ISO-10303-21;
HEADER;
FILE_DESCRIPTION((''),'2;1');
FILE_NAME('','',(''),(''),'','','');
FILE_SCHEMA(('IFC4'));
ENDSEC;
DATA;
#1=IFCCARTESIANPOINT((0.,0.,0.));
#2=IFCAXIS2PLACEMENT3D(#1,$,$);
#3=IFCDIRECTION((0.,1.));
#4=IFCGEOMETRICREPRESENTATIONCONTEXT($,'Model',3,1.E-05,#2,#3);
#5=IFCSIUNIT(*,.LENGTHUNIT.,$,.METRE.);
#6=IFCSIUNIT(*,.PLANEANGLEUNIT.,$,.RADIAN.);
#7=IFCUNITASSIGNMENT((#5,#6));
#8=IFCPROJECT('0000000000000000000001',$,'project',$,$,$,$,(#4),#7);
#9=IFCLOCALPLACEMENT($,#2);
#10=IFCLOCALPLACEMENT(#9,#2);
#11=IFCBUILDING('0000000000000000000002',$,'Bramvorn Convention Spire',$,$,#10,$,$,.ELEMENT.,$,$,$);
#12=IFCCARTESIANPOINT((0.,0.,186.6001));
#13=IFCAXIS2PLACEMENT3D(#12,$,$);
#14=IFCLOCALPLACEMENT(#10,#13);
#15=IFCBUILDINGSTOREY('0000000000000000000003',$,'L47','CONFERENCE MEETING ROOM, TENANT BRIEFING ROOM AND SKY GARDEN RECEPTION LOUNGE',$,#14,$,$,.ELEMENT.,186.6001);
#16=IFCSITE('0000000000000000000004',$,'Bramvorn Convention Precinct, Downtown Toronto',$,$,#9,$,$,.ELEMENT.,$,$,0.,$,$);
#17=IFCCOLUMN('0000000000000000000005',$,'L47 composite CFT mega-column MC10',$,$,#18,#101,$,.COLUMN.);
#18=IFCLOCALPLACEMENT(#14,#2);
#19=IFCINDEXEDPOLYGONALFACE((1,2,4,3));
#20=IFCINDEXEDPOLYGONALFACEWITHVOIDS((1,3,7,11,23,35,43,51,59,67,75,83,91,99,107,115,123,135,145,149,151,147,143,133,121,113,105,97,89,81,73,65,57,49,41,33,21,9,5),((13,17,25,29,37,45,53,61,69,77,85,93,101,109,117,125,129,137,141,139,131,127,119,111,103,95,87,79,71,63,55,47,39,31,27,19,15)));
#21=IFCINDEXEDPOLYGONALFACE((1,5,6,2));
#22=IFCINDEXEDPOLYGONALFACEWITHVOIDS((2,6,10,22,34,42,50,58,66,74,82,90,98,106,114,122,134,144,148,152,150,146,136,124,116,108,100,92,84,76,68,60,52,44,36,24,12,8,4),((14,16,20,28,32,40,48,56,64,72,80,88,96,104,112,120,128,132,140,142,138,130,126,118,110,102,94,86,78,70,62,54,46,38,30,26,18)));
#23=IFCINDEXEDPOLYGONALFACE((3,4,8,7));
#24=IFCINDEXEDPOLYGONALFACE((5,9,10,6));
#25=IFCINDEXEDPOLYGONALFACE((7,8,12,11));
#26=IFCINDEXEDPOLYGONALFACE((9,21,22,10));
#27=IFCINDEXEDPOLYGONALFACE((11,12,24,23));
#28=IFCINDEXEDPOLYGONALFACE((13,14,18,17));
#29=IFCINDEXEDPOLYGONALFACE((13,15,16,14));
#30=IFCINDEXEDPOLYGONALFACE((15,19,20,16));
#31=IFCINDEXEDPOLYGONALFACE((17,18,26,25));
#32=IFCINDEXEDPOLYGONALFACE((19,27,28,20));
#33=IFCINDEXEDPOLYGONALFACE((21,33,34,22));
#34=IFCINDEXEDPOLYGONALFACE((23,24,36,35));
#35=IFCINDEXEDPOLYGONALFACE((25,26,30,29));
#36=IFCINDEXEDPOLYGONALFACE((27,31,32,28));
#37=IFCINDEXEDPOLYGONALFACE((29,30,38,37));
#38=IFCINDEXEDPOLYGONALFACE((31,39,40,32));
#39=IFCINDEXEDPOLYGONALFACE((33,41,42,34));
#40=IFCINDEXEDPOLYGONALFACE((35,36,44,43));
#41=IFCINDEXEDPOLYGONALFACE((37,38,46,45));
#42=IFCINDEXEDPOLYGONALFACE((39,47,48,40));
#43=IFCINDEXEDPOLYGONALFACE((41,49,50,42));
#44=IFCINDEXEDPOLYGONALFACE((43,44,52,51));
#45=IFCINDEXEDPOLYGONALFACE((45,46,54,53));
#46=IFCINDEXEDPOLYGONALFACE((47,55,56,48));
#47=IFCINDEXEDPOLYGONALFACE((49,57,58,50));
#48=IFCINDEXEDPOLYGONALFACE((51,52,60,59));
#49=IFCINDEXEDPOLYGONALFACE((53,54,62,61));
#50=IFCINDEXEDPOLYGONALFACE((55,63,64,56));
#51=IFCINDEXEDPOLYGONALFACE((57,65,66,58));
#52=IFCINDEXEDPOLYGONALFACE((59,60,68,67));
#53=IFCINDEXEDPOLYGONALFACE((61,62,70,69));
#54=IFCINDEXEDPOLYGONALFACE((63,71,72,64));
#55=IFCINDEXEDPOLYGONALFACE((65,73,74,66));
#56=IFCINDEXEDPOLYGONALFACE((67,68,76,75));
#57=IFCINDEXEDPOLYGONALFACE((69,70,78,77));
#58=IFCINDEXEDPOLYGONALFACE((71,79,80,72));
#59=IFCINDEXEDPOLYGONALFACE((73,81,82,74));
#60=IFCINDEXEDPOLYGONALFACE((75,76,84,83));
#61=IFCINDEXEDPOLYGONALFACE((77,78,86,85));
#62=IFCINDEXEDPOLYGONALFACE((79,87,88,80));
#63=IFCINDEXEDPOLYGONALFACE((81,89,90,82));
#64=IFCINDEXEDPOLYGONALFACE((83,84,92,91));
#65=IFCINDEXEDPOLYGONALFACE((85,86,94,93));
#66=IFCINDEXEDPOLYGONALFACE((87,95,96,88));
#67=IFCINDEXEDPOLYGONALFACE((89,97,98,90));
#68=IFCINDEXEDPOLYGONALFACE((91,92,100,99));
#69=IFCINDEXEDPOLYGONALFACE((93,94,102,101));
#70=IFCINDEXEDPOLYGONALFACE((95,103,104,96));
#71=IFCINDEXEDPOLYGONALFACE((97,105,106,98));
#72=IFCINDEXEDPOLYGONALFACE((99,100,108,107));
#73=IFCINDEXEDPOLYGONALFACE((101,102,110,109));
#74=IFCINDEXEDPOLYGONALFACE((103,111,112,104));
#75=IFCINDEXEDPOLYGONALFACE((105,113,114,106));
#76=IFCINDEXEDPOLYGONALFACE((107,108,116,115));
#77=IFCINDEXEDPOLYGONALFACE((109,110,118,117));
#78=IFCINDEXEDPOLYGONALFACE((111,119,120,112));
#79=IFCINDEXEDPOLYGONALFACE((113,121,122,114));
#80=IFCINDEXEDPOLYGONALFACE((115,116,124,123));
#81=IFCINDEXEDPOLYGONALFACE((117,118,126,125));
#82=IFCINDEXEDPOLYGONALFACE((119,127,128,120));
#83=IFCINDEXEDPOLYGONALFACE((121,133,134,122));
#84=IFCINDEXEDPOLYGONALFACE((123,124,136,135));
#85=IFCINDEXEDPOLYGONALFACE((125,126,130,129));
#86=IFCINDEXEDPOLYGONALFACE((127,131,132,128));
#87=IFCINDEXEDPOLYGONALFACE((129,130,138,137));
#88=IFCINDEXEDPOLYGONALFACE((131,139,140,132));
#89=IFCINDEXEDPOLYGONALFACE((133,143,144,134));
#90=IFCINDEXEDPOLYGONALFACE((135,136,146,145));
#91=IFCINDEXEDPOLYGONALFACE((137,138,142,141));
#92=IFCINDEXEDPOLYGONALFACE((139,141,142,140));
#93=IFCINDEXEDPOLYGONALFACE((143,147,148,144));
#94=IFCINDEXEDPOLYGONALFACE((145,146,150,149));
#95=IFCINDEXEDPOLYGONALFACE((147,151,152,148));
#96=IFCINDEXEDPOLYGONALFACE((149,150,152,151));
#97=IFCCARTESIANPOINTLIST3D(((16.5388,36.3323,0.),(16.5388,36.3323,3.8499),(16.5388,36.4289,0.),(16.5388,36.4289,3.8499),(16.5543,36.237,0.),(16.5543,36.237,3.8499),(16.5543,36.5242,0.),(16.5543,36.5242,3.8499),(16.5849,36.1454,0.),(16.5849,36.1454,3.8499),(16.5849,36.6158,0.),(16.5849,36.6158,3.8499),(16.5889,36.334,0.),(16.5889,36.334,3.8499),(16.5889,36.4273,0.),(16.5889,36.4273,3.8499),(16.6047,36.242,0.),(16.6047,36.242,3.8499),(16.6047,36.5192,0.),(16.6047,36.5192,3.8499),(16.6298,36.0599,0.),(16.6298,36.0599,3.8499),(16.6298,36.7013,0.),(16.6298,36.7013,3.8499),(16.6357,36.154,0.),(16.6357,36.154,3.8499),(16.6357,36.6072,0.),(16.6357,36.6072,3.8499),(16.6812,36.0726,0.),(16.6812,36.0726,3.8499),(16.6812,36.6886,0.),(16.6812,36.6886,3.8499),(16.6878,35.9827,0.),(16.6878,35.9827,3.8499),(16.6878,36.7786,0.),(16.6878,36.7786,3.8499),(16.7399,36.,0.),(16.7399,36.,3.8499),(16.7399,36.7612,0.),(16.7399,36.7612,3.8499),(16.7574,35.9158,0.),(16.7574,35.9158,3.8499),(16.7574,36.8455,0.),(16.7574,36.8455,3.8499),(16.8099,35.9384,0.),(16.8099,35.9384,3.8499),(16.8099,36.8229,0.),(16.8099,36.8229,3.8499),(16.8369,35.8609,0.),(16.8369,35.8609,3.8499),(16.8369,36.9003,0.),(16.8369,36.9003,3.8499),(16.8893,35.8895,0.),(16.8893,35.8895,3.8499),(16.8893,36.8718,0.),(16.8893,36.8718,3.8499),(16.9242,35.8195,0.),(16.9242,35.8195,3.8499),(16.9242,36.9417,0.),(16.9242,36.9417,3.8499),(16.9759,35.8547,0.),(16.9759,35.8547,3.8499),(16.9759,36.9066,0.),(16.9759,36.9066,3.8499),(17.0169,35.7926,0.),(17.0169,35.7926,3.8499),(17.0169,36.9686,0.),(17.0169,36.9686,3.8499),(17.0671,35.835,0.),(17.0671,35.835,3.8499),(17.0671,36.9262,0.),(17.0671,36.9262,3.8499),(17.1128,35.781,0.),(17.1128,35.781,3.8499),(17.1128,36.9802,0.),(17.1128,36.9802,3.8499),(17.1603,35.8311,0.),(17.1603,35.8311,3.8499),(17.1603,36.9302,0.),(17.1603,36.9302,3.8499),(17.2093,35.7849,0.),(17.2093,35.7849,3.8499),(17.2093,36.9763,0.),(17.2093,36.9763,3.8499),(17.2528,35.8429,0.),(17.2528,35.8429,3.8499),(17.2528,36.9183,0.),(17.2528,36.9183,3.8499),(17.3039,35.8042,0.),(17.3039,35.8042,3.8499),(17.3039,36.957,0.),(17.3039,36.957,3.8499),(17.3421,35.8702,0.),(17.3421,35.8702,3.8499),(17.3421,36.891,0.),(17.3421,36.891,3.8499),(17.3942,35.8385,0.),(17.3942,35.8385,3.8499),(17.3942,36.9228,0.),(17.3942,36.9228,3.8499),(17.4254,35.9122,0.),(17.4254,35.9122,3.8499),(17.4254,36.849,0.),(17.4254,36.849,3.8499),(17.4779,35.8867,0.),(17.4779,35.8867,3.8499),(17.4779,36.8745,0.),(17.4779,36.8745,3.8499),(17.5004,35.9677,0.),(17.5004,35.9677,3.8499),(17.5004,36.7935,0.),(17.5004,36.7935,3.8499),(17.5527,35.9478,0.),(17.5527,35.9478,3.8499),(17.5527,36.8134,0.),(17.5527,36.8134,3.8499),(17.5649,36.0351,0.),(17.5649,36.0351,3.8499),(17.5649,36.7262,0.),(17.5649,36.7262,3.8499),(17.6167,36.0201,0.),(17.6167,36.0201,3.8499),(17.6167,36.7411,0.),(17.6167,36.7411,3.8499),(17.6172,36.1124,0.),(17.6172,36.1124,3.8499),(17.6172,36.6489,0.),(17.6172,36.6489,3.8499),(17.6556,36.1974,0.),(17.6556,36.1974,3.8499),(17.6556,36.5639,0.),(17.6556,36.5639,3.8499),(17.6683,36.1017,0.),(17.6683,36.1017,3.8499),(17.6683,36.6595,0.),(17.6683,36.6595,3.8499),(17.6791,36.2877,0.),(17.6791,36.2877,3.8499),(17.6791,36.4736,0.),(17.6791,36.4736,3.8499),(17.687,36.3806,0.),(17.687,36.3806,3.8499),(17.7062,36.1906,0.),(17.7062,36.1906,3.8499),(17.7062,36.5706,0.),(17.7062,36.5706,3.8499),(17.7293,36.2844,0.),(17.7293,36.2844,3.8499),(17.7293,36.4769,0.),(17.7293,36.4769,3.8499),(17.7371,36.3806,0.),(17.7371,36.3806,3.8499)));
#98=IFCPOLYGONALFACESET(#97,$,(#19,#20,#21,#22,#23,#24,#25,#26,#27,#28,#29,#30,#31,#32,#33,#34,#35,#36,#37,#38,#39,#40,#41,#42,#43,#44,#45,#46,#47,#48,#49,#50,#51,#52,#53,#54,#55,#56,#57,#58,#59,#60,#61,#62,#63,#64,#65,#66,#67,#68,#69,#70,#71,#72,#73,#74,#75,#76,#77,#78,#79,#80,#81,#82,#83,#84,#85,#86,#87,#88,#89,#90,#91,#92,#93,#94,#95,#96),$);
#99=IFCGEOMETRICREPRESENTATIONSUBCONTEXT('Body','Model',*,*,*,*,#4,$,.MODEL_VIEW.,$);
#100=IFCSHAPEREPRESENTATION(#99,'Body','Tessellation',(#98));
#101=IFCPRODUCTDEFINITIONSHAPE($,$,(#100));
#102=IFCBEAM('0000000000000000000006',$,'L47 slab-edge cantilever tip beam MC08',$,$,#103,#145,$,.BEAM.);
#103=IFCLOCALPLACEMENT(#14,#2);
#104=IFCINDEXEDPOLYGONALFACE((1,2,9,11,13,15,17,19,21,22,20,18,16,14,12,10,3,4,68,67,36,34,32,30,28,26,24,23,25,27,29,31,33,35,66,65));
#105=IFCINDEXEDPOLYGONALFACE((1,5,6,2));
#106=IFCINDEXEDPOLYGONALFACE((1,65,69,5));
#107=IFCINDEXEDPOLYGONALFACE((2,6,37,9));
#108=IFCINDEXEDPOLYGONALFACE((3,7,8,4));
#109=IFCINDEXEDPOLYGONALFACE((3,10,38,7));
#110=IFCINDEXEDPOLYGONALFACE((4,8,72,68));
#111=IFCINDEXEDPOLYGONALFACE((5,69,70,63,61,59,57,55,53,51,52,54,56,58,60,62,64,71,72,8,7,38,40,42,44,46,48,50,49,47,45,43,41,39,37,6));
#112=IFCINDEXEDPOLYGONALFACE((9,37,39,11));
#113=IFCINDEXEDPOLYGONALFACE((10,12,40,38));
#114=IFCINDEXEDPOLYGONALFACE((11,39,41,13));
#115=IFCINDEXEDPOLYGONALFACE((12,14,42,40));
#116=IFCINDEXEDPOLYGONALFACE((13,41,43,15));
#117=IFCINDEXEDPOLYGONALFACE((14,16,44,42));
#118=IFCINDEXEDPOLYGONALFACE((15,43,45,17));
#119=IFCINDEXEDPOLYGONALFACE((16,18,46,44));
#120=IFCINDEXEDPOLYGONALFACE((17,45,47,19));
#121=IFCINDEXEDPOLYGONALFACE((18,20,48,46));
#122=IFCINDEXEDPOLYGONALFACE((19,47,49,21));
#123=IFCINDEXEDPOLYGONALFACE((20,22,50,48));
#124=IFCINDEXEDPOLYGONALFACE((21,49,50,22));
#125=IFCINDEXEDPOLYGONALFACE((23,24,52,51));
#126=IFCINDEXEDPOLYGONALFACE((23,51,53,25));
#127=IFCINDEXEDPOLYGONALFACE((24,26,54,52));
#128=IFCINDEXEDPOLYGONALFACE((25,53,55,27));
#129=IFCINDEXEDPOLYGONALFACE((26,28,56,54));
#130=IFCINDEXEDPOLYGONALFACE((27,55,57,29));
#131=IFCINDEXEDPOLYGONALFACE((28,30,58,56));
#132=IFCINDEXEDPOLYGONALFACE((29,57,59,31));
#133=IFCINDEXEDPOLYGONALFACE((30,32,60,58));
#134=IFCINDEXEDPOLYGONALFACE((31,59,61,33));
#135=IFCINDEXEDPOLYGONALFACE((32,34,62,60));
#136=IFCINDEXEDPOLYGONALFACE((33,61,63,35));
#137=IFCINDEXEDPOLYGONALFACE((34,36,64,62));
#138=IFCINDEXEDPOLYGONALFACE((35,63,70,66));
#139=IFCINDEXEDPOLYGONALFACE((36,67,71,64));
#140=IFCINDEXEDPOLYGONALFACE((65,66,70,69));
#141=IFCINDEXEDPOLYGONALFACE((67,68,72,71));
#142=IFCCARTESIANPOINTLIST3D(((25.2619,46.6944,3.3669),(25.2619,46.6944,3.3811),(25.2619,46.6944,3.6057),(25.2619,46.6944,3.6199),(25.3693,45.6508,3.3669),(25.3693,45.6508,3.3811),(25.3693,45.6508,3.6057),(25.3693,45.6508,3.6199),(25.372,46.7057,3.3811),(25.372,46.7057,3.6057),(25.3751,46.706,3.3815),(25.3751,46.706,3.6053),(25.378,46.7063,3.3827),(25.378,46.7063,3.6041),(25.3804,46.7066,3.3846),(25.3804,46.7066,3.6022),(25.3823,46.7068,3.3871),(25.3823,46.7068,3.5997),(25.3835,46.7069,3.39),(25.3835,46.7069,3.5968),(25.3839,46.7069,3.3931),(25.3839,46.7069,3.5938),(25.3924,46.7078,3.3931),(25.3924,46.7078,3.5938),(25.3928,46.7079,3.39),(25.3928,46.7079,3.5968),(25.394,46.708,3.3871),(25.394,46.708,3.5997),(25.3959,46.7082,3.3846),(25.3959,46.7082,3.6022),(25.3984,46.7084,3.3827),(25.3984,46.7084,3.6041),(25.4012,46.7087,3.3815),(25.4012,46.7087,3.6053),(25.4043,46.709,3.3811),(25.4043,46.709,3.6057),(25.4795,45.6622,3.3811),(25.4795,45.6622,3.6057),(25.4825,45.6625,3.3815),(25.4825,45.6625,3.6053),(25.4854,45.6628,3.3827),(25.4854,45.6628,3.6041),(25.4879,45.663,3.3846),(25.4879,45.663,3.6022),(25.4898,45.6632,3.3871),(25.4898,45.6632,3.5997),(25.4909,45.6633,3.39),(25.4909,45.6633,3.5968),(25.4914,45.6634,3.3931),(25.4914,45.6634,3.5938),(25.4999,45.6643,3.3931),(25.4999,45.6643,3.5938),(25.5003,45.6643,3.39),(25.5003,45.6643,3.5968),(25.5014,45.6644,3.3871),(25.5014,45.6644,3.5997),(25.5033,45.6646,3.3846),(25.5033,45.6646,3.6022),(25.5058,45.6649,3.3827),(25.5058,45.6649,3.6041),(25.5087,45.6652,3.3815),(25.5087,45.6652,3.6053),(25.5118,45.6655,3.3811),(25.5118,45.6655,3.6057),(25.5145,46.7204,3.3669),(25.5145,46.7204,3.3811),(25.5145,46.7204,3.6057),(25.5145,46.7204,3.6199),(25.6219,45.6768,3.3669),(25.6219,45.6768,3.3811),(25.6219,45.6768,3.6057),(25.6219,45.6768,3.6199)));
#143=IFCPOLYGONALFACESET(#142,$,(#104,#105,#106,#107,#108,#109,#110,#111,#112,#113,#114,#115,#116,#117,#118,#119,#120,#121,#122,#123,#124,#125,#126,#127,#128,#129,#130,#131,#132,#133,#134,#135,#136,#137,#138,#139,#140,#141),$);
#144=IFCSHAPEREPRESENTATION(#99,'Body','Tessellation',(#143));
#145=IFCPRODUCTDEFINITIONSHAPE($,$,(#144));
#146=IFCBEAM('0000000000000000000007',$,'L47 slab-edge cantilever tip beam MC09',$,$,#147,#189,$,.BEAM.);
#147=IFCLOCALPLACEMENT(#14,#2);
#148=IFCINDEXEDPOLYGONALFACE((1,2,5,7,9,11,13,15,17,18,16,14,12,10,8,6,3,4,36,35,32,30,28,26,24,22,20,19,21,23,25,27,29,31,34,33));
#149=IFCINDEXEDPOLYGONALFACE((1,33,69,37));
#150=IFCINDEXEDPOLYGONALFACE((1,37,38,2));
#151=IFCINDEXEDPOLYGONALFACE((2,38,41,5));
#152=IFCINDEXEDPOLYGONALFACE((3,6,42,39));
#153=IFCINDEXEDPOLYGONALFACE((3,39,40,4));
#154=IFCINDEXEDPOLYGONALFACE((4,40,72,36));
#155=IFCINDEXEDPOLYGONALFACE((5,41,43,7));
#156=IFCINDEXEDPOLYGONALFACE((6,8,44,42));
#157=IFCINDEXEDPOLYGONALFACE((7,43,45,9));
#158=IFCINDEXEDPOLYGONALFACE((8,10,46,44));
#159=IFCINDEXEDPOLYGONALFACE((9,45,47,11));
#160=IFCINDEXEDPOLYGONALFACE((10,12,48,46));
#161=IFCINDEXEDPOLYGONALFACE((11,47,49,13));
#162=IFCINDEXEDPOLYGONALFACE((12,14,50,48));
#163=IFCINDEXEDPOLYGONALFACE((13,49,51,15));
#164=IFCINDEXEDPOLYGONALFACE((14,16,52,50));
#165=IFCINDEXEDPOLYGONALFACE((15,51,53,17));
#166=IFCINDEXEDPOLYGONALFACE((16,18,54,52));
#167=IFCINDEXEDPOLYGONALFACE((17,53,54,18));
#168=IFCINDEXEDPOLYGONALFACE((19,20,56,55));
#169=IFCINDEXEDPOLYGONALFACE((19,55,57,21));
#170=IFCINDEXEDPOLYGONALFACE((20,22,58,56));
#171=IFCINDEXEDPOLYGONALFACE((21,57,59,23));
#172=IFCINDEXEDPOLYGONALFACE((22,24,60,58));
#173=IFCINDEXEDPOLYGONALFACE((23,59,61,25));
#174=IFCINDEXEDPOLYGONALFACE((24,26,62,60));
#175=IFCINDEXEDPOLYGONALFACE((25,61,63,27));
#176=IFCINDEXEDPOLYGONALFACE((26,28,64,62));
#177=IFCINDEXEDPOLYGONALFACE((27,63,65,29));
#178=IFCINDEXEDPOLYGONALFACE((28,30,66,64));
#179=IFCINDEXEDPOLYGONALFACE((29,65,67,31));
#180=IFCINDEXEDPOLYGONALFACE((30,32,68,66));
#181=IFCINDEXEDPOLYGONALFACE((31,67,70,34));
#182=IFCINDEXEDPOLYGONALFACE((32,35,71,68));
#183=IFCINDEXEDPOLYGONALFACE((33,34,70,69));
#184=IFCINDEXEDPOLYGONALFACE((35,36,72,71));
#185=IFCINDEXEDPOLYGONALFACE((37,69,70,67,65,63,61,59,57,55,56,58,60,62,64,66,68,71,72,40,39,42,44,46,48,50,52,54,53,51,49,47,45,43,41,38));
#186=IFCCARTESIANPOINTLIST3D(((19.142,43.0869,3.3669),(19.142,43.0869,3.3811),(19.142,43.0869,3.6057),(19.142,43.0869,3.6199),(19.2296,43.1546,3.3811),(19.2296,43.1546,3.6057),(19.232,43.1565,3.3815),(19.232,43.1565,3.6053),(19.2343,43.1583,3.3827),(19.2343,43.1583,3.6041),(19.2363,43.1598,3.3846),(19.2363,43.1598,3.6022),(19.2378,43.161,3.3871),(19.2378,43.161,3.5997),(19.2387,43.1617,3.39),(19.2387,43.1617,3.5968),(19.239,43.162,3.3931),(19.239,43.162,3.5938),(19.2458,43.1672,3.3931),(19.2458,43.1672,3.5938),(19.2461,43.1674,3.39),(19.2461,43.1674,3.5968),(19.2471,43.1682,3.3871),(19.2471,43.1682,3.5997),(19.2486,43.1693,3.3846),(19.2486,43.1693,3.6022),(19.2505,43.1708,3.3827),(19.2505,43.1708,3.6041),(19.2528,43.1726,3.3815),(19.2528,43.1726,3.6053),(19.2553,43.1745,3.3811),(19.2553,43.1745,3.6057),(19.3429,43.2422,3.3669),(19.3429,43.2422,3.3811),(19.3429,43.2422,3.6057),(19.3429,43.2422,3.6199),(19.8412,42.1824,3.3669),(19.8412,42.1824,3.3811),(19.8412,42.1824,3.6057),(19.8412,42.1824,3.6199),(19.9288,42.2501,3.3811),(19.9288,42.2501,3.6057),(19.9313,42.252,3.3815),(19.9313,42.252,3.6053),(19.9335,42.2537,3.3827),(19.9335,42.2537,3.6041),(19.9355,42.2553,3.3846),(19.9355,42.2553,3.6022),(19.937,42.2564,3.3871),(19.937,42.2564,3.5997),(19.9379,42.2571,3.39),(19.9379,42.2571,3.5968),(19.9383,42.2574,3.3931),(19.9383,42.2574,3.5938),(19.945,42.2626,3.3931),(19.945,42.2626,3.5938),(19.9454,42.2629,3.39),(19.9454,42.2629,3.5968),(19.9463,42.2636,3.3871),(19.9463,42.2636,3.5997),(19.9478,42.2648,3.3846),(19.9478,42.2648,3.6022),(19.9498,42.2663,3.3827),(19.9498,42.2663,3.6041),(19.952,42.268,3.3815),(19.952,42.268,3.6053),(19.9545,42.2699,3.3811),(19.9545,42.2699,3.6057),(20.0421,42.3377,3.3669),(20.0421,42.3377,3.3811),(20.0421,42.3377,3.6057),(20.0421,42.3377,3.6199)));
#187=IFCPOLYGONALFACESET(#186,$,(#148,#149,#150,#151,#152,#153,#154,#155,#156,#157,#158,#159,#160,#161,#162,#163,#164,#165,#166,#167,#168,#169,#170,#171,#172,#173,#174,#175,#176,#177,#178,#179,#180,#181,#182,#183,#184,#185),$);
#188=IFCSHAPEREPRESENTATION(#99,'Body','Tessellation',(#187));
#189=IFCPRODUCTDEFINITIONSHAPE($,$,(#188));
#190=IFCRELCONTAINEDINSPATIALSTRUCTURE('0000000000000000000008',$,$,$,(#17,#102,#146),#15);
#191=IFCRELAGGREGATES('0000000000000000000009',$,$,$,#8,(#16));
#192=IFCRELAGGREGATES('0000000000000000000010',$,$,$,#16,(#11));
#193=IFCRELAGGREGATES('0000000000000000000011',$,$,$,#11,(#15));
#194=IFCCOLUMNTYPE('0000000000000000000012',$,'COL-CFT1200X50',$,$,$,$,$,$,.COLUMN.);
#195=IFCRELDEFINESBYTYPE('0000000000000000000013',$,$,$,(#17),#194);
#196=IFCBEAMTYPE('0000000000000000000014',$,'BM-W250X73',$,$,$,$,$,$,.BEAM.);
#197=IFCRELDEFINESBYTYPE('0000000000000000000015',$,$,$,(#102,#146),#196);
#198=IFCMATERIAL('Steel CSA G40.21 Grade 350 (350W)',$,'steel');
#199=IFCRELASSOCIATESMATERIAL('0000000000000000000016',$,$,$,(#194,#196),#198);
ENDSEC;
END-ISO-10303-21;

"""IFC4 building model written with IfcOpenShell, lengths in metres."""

from ifc_helpers import new_model, si_unit, direction, frame, origin, origin_2d, place, context, subcontext, project, spatial, hollow_circle, i_section, extrude, material, material_profile, profile_set, type_object, element, save


model = new_model("IFC4")

# Units and contexts
model_context = context("Model", 3, precision=1e-05, world=origin(), true_north=direction((0.0, 1.0)))
body_context = subcontext(model_context, "Body", "Model", "MODEL_VIEW")
ifc_project = project(units=[si_unit("LENGTHUNIT", "METRE"), si_unit("PLANEANGLEUNIT", "RADIAN")], contexts=[model_context])

# Site, building, storey
site_placement = place(None, origin())
site = spatial("IfcSite", under=ifc_project, at=site_placement, Name="Bramvorn Convention Precinct, Downtown Toronto", CompositionType="ELEMENT", RefElevation=0.0)
building_placement = place(site_placement, origin())
building = spatial("IfcBuilding", under=site, at=building_placement, Name="Bramvorn Convention Spire", CompositionType="ELEMENT")
storey_placement = place(building_placement, frame((0.0, 0.0, 186.6001)))
storey = spatial("IfcBuildingStorey", under=building, at=storey_placement, Name="L47", Description="CONFERENCE MEETING ROOM, TENANT BRIEFING ROOM AND SKY GARDEN RECEPTION LOUNGE", CompositionType="ELEMENT", Elevation=186.6001)

# Column
ifc_material_1 = material(Name="Steel CSA G40.21 Grade 350 (350W)", Category="steel")
ifc_material_profile_1 = material_profile(ifc_material_1, hollow_circle(Radius=0.6001, WallThickness=0.05, at=origin_2d()))
ifc_profile_set_1 = profile_set([ifc_material_profile_1], Name="Steel CSA G40.21 Grade 350 (350W) - CFT1200X50")
column_type = type_object("IfcColumnType", Name="COL-CFT1200X50", PredefinedType="COLUMN", material=ifc_profile_set_1)
for number, where, z_axis, x_axis, name in (
    (1, (17.137, 36.3806, 0.0), (0.0, 0.0, 1.0), (1.0, 0.0, 0.0), "L47 composite CFT mega-column MC10"),
):
    element("IfcColumn", number, at=place(storey_placement, frame(where, z_axis=z_axis, x_axis=x_axis)), inside=storey, type_object=column_type, Name=name, PredefinedType="COLUMN", context=body_context, shape_type="SweptSolid", body=[
        extrude(hollow_circle(Radius=0.6001, WallThickness=0.05, at=origin_2d()), origin(), (0.0, 0.0, 1.0), 3.8499),
    ])

# Beams
ifc_material_profile_2 = material_profile(ifc_material_1, i_section(OverallWidth=0.2539, OverallDepth=0.2529, WebThickness=0.0085, FlangeThickness=0.0142, FilletRadius=0.012, at=origin_2d()))
ifc_profile_set_2 = profile_set([ifc_material_profile_2], Name="Steel CSA G40.21 Grade 350 (350W) - W250X73")
beam_type_1 = type_object("IfcBeamType", Name="BM-W250X73", PredefinedType="BEAM", material=ifc_profile_set_2)
beam_1_placement = place(storey_placement, frame((25.4956, 45.6638, 3.4934), z_axis=(-0.102407, 0.994743, 0.0), x_axis=(-0.994743, -0.102407, 0.0)))
element("IfcBeam", 2, at=beam_1_placement, inside=storey, type_object=beam_type_1, Name="L47 slab-edge cantilever tip beam MC08", PredefinedType="BEAM", context=body_context, shape_type="SweptSolid", body=[
    extrude(i_section(OverallWidth=0.2539, OverallDepth=0.2529, WebThickness=0.0085, FlangeThickness=0.0142, FilletRadius=0.012, at=origin_2d()), origin(), (0.0, 0.0, 1.0), 1.0491),
])
beam_2_placement = place(storey_placement, frame((19.9417, 42.26, 3.4934), z_axis=(-0.611587, 0.791177, 0.0), x_axis=(-0.791177, -0.611587, 0.0)))
element("IfcBeam", 3, at=beam_2_placement, inside=storey, type_object=beam_type_1, Name="L47 slab-edge cantilever tip beam MC09", PredefinedType="BEAM", context=body_context, shape_type="SweptSolid", body=[
    extrude(i_section(OverallWidth=0.2539, OverallDepth=0.2529, WebThickness=0.0085, FlangeThickness=0.0142, FilletRadius=0.012, at=origin_2d()), origin(), (0.0, 0.0, 1.0), 1.1433),
])

save(model, "model.ifc")
